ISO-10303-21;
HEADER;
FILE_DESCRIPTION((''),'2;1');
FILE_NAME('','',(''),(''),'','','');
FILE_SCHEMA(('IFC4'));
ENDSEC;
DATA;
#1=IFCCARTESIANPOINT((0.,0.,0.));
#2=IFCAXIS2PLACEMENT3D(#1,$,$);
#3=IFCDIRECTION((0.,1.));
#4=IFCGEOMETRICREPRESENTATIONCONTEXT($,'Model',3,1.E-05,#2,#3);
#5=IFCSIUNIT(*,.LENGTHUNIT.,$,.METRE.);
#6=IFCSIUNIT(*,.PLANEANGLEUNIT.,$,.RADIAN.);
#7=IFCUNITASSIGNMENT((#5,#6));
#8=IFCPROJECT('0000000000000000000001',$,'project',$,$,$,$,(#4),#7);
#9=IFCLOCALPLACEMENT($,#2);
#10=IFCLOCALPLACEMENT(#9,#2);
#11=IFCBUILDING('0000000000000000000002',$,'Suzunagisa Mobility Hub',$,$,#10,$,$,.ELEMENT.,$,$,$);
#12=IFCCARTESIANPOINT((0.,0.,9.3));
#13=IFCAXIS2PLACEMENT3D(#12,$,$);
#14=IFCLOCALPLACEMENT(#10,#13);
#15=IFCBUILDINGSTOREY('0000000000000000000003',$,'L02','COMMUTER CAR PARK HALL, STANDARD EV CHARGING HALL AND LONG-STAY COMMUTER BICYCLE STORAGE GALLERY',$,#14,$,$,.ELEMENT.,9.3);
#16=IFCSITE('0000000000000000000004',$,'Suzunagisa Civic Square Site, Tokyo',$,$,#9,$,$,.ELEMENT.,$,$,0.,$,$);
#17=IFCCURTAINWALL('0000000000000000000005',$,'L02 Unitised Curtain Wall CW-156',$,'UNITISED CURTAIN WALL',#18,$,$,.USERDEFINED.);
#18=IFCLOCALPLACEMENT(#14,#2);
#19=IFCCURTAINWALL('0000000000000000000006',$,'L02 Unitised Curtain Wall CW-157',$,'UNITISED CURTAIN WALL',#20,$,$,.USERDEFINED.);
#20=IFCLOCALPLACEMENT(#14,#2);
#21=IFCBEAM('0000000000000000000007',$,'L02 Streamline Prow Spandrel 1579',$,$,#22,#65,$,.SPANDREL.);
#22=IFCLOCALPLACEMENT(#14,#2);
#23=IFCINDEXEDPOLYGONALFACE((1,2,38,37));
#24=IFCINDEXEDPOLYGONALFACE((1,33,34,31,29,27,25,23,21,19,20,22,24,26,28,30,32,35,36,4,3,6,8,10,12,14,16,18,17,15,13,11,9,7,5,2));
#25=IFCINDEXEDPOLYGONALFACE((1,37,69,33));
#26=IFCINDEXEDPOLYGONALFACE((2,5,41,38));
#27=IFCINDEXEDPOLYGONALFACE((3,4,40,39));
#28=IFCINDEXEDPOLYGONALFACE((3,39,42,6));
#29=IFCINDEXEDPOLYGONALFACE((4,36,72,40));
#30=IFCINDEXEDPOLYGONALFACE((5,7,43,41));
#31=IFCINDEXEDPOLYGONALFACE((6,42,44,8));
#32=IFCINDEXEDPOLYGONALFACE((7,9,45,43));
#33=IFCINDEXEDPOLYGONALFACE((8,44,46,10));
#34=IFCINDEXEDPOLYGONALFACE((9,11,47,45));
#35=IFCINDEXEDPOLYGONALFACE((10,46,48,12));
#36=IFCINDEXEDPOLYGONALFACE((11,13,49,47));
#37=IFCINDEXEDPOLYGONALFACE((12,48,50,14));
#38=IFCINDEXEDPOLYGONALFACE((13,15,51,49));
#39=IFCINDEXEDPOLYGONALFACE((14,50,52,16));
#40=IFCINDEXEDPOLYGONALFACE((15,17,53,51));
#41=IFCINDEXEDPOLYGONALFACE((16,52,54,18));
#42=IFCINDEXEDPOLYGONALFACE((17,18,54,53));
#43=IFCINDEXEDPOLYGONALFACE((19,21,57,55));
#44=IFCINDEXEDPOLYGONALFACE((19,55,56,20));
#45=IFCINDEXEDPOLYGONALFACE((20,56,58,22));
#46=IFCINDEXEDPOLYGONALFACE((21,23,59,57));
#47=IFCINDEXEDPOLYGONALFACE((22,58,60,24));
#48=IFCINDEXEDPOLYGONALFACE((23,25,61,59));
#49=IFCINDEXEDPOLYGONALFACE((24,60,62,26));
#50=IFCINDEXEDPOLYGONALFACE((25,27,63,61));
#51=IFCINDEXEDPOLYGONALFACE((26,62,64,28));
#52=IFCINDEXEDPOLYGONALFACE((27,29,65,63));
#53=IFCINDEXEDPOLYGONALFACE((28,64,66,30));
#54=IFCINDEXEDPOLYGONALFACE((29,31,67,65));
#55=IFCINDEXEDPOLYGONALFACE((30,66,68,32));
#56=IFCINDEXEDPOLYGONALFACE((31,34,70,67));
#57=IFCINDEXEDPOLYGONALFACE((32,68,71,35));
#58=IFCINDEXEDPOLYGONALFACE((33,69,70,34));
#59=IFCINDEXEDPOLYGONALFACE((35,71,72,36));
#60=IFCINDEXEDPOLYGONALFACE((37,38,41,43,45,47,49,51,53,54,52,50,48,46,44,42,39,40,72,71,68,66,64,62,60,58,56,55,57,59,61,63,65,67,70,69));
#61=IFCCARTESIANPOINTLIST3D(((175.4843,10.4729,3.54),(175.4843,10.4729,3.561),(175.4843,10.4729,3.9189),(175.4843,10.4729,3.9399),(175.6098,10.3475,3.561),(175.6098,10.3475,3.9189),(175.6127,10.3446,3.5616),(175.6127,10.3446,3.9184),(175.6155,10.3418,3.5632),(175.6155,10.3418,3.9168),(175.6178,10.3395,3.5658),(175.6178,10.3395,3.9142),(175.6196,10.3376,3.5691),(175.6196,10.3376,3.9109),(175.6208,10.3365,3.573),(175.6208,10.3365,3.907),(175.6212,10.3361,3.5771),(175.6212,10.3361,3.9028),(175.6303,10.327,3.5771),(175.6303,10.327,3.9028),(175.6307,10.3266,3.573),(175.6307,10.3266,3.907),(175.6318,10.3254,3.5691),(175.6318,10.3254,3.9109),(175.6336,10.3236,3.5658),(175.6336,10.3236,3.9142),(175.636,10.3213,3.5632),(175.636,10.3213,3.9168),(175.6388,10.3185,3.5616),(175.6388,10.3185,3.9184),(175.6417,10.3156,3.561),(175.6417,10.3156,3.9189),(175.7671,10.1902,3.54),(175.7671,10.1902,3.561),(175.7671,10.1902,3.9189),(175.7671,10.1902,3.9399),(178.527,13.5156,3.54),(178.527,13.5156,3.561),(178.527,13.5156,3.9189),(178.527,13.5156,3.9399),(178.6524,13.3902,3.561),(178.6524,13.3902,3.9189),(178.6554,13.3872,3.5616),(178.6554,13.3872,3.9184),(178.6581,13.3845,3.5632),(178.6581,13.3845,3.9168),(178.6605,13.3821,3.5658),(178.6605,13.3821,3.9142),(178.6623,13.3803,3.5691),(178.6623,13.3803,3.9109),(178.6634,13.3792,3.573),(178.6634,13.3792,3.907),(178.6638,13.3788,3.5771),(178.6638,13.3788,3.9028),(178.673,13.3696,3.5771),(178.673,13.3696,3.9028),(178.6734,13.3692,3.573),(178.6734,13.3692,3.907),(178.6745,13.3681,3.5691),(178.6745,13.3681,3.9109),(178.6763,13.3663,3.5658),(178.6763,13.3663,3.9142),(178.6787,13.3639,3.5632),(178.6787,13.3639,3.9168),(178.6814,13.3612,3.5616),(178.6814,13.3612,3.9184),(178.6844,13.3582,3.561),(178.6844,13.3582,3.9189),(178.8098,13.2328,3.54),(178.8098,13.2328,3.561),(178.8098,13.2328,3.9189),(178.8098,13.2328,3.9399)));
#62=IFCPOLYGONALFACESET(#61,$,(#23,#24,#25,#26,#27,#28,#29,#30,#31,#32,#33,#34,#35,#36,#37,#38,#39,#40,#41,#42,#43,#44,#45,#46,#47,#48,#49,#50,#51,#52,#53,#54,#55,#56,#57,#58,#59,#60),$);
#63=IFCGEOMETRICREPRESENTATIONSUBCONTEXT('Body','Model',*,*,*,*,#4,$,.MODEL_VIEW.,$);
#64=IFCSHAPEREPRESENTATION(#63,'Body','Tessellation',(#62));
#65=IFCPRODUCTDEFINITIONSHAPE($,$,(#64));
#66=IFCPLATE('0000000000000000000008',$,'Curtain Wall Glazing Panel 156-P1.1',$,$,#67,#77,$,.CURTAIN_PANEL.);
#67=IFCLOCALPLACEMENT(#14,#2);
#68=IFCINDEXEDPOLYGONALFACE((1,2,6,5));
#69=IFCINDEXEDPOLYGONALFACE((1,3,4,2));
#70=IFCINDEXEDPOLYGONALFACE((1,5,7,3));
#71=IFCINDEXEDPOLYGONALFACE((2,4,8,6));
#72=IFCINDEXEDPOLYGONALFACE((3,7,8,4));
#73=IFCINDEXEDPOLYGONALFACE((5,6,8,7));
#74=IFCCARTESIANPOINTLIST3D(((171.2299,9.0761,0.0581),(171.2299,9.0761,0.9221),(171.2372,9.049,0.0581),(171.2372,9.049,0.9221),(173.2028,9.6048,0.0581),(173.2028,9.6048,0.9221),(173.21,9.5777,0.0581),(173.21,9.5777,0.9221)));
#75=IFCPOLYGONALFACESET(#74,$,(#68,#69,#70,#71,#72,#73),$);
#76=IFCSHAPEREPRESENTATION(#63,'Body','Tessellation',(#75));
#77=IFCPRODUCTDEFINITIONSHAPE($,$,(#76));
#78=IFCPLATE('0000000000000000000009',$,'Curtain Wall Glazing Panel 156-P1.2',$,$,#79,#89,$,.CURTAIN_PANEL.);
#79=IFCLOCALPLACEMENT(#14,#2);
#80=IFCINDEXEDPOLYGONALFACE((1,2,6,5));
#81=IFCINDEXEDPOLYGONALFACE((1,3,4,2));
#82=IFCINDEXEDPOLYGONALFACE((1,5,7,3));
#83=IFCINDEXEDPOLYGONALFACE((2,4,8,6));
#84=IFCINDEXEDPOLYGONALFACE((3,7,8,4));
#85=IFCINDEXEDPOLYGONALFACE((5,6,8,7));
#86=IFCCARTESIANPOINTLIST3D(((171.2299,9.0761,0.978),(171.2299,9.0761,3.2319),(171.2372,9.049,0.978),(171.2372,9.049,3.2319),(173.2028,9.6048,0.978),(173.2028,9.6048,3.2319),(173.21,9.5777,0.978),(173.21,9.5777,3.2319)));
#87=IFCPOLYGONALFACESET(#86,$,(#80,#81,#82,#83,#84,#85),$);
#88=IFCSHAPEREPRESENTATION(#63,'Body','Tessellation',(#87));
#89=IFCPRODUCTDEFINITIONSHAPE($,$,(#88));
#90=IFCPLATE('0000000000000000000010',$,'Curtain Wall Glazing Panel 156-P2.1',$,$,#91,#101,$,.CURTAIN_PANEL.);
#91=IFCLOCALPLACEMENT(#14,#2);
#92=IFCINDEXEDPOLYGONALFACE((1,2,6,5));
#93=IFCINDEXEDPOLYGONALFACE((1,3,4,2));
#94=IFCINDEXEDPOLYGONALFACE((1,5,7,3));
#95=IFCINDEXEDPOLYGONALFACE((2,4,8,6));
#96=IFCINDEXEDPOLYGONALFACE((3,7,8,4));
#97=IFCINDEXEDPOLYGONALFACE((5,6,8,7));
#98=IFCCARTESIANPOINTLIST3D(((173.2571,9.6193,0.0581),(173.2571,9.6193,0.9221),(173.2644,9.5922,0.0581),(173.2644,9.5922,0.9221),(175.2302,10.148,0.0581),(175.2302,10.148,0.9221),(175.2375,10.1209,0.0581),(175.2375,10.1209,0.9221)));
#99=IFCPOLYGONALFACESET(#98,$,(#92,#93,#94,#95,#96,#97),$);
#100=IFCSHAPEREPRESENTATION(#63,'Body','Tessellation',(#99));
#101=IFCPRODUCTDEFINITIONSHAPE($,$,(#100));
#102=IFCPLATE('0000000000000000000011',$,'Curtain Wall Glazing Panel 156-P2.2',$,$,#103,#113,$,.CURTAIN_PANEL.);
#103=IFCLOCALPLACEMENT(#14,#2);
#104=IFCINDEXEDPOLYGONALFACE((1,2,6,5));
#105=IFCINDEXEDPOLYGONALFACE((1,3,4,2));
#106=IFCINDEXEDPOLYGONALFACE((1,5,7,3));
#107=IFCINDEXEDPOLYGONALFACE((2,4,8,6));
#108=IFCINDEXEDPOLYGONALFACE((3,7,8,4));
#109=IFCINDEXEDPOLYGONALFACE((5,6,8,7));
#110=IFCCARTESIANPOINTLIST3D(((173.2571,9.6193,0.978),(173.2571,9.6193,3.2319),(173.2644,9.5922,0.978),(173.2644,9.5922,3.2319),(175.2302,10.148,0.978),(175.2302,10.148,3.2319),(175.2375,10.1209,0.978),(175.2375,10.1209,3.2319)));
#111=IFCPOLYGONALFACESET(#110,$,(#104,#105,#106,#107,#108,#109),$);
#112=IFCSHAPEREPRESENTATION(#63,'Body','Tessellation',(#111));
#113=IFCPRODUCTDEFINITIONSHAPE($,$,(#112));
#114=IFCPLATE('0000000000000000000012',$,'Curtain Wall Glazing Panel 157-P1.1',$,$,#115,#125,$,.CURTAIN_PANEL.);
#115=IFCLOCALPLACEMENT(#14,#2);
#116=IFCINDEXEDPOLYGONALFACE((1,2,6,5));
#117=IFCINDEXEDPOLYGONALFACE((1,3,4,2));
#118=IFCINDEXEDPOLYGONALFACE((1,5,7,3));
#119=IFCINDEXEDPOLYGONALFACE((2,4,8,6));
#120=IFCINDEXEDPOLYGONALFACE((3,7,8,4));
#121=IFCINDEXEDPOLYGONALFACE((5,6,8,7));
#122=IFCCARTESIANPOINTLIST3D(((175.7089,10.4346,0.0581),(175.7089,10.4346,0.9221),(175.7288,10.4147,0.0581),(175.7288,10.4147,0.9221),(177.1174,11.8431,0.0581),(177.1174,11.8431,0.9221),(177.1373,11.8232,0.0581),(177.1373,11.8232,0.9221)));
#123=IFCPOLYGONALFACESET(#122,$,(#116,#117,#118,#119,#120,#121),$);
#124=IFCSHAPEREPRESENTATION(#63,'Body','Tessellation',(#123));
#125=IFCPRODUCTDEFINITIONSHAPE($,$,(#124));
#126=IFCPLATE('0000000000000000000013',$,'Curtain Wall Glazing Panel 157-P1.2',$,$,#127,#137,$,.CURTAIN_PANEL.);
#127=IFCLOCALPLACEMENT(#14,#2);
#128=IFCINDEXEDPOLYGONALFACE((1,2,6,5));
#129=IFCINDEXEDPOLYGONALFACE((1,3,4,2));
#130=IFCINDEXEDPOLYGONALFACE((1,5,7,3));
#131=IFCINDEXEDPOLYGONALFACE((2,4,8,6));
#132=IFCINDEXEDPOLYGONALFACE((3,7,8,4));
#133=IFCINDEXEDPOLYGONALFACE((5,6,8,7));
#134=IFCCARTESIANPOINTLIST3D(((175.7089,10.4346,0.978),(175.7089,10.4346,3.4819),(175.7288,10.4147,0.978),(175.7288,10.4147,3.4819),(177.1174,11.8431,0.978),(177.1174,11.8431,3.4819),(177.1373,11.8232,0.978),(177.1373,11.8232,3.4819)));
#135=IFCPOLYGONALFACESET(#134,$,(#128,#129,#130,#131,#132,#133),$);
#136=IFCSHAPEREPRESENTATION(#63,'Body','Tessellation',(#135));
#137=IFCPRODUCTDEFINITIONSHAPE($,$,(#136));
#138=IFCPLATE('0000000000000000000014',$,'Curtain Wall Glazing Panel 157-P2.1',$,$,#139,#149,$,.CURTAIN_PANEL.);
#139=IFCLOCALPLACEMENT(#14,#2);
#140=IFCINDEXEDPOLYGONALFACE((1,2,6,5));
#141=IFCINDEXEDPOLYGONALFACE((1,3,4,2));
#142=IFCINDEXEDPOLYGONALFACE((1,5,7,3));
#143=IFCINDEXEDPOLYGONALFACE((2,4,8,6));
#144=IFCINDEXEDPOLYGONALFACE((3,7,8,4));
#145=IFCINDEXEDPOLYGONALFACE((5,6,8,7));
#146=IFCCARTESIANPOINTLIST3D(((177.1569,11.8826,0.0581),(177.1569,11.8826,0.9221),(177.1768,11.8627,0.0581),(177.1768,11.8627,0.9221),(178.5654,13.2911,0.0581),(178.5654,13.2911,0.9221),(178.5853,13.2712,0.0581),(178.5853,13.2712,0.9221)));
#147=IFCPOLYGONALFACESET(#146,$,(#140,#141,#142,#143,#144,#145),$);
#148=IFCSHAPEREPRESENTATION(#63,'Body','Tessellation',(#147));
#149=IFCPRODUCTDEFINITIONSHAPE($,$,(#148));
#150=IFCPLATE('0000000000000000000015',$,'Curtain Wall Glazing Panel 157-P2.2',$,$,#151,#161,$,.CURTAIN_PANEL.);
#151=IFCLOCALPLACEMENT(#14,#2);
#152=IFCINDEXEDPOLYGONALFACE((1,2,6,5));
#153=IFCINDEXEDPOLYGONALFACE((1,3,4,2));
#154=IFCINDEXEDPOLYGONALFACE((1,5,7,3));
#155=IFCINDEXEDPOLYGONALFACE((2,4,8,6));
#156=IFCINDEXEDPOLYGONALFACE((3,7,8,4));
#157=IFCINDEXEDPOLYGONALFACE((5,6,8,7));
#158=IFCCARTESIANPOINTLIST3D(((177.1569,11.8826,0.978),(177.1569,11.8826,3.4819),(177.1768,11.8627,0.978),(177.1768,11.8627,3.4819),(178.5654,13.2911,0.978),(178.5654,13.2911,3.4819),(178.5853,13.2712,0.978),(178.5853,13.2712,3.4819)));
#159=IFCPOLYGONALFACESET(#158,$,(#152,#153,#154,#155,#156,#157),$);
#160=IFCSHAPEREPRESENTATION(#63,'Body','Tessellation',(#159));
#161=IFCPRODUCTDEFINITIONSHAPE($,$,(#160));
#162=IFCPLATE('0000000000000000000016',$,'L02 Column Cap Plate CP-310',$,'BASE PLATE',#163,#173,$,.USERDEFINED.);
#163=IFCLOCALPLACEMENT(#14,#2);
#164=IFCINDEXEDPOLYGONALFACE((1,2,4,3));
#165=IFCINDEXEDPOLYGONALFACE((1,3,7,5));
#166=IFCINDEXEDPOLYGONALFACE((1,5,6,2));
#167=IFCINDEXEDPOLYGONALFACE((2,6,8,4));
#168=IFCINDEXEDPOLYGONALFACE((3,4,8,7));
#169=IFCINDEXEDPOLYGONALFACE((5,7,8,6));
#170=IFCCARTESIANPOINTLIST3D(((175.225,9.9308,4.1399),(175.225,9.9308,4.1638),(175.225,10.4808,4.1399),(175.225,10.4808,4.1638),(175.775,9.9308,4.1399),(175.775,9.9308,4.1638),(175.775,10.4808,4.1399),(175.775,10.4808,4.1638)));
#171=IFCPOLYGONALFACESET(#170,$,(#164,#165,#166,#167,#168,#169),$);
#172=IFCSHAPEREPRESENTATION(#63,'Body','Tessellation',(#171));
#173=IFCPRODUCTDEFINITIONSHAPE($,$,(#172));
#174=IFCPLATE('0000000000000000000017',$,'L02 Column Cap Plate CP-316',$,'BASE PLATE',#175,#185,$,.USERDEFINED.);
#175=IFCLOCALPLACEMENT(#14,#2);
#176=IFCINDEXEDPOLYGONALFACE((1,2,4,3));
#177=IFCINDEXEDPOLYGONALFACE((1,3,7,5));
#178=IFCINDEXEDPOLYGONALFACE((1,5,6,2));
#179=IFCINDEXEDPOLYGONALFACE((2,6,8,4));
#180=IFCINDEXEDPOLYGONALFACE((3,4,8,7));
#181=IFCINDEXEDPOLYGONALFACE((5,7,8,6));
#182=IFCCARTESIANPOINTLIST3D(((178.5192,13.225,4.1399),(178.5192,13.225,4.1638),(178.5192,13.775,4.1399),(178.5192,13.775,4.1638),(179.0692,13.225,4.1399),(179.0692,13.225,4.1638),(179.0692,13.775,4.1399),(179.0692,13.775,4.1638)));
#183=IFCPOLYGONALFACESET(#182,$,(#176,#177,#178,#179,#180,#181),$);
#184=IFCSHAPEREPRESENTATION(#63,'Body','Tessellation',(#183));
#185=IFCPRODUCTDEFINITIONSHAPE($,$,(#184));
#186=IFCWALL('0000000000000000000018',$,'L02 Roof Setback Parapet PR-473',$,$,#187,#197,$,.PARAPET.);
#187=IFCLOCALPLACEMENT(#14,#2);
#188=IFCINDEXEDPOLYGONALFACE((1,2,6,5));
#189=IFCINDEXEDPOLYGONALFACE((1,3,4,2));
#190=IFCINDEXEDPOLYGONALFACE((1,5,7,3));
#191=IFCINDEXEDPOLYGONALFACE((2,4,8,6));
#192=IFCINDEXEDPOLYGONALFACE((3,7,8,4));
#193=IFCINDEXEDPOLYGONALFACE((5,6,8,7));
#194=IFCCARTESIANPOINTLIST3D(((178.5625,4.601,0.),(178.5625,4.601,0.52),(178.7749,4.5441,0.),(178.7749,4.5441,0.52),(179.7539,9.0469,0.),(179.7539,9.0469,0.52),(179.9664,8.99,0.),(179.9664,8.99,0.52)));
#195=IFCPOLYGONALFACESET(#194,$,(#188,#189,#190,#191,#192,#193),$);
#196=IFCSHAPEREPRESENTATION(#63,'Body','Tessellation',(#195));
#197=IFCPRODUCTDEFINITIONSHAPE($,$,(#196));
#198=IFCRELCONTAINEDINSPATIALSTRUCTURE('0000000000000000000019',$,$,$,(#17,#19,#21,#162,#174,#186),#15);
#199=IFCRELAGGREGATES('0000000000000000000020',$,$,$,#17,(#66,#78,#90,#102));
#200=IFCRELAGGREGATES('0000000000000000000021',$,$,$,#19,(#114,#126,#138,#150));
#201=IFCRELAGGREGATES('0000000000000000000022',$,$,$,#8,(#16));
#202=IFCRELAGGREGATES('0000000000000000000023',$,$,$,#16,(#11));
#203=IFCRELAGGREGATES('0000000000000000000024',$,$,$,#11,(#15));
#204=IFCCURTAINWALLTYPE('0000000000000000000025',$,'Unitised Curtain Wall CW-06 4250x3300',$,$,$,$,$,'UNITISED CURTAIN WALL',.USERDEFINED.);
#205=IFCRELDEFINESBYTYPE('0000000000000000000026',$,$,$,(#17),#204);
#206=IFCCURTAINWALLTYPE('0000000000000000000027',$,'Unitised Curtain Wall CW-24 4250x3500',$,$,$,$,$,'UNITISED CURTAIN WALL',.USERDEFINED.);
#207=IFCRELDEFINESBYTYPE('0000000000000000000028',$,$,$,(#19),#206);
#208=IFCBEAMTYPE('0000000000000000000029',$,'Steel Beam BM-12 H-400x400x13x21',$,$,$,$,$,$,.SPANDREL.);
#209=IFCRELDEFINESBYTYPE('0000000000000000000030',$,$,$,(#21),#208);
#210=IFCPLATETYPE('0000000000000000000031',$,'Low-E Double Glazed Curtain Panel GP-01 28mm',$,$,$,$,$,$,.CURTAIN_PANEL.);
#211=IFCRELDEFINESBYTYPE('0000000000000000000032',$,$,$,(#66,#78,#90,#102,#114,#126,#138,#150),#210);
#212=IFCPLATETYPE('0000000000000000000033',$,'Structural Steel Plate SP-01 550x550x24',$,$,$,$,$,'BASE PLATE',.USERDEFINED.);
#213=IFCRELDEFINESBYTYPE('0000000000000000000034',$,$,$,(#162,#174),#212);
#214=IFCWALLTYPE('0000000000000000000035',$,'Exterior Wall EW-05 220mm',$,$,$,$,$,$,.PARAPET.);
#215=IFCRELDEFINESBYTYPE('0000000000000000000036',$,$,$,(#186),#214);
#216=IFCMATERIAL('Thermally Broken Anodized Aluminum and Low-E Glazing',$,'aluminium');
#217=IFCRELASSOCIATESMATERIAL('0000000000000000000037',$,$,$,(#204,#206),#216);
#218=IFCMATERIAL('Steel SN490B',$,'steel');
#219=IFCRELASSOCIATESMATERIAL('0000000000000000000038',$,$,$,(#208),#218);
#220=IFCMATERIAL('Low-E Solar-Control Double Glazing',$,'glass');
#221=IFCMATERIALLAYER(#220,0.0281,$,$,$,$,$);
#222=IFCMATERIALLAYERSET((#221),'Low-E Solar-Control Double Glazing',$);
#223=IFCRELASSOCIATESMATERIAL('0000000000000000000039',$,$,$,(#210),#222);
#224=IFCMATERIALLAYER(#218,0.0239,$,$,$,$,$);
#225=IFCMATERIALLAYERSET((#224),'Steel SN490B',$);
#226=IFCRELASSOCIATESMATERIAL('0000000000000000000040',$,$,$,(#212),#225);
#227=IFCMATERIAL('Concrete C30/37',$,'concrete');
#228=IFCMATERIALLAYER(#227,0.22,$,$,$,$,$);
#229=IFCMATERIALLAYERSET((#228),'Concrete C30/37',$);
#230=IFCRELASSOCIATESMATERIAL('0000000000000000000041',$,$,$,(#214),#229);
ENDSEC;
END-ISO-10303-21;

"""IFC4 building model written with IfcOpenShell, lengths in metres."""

from ifc_helpers import new_model, si_unit, direction, frame, frame_2d, origin, origin_2d, place, context, subcontext, project, spatial, rectangle, i_section, extrude, material, layer, layer_set, material_profile, profile_set, type_object, element, aggregate, save


model = new_model("IFC4")

# Units and contexts
model_context = context("Model", 3, precision=1e-05, world=origin(), true_north=direction((0.0, 1.0)))
body_context = subcontext(model_context, "Body", "Model", "MODEL_VIEW")
ifc_project = project(units=[si_unit("LENGTHUNIT", "METRE"), si_unit("PLANEANGLEUNIT", "RADIAN")], contexts=[model_context])

# Site, building, storey
site_placement = place(None, origin())
site = spatial("IfcSite", under=ifc_project, at=site_placement, Name="Suzunagisa Civic Square Site, Tokyo", CompositionType="ELEMENT", RefElevation=0.0)
building_placement = place(site_placement, origin())
building = spatial("IfcBuilding", under=site, at=building_placement, Name="Suzunagisa Mobility Hub", CompositionType="ELEMENT")
storey_placement = place(building_placement, frame((0.0, 0.0, 9.3)))
storey = spatial("IfcBuildingStorey", under=building, at=storey_placement, Name="L02", Description="COMMUTER CAR PARK HALL, STANDARD EV CHARGING HALL AND LONG-STAY COMMUTER BICYCLE STORAGE GALLERY", CompositionType="ELEMENT", Elevation=9.3)

# Shared definitions
ifc_material_1 = material(Name="Steel SN490B", Category="steel")

# Curtain walls
ifc_material_2 = material(Name="Thermally Broken Anodized Aluminum and Low-E Glazing", Category="aluminium")
curtain_wall_type_1 = type_object("IfcCurtainWallType", Name="Unitised Curtain Wall CW-06 4250x3300", ElementType="UNITISED CURTAIN WALL", PredefinedType="USERDEFINED", material=ifc_material_2)
curtain_wall_1_placement = place(storey_placement, origin())
curtain_wall_1 = element("IfcCurtainWall", 1, at=curtain_wall_1_placement, inside=storey, type_object=curtain_wall_type_1, Name="L02 Unitised Curtain Wall CW-156", ObjectType="UNITISED CURTAIN WALL", PredefinedType="USERDEFINED")
curtain_wall_type_2 = type_object("IfcCurtainWallType", Name="Unitised Curtain Wall CW-24 4250x3500", ElementType="UNITISED CURTAIN WALL", PredefinedType="USERDEFINED", material=ifc_material_2)
curtain_wall_2_placement = place(storey_placement, origin())
curtain_wall_2 = element("IfcCurtainWall", 2, at=curtain_wall_2_placement, inside=storey, type_object=curtain_wall_type_2, Name="L02 Unitised Curtain Wall CW-157", ObjectType="UNITISED CURTAIN WALL", PredefinedType="USERDEFINED")

# Beam
ifc_material_profile_1 = material_profile(ifc_material_1, i_section(OverallWidth=0.3999, OverallDepth=0.3999, WebThickness=0.0129, FlangeThickness=0.021, FilletRadius=0.0161, at=origin_2d()), Name="H-400x400x13x21")
ifc_profile_set_1 = profile_set([ifc_material_profile_1], Name="Steel SN490B")
beam_type = type_object("IfcBeamType", Name="Steel Beam BM-12 H-400x400x13x21", PredefinedType="SPANDREL", material=ifc_profile_set_1)
beam_placement = place(storey_placement, frame((175.6257, 10.3315, 3.74), z_axis=(0.707107, 0.707107, 0.0), x_axis=(-0.707107, 0.707107, 0.0)))
element("IfcBeam", 3, at=beam_placement, inside=storey, type_object=beam_type, Name="L02 Streamline Prow Spandrel 1579", PredefinedType="SPANDREL", context=body_context, shape_type="SweptSolid", body=[
    extrude(i_section(OverallWidth=0.3999, OverallDepth=0.3999, WebThickness=0.0129, FlangeThickness=0.021, FilletRadius=0.0161, at=origin_2d()), origin(), (0.0, 0.0, 1.0), 4.303),
])

# Plates
ifc_material_3 = material(Name="Low-E Solar-Control Double Glazing", Category="glass")
ifc_layer_1 = layer(ifc_material_3, 0.0281)
ifc_layer_set_1 = layer_set([ifc_layer_1], Name="Low-E Solar-Control Double Glazing")
plate_type_1 = type_object("IfcPlateType", Name="Low-E Double Glazed Curtain Panel GP-01 28mm", PredefinedType="CURTAIN_PANEL", material=ifc_layer_set_1)
plate_1_placement = place(storey_placement, frame((172.22, 9.3269, 0.0581), z_axis=(0.0, 0.0, 1.0), x_axis=(0.965924, 0.258828, 0.0)))
plate_1 = element("IfcPlate", 4, at=plate_1_placement, type_object=plate_type_1, Name="Curtain Wall Glazing Panel 156-P1.1", PredefinedType="CURTAIN_PANEL", context=body_context, shape_type="SweptSolid", body=[
    extrude(rectangle(XDim=2.0425, YDim=0.0281, at=origin_2d()), origin(), (0.0, 0.0, 1.0), 0.864),
])
plate_2_placement = place(storey_placement, frame((172.22, 9.3269, 0.978), z_axis=(0.0, 0.0, 1.0), x_axis=(0.965924, 0.258828, 0.0)))
plate_2 = element("IfcPlate", 5, at=plate_2_placement, type_object=plate_type_1, Name="Curtain Wall Glazing Panel 156-P1.2", PredefinedType="CURTAIN_PANEL", context=body_context, shape_type="SweptSolid", body=[
    extrude(rectangle(XDim=2.0425, YDim=0.0281, at=origin_2d()), origin(), (0.0, 0.0, 1.0), 2.2539),
])
plate_3_placement = place(storey_placement, frame((174.2473, 9.8701, 0.0581), z_axis=(0.0, 0.0, 1.0), x_axis=(0.965924, 0.258828, 0.0)))
plate_3 = element("IfcPlate", 6, at=plate_3_placement, type_object=plate_type_1, Name="Curtain Wall Glazing Panel 156-P2.1", PredefinedType="CURTAIN_PANEL", context=body_context, shape_type="SweptSolid", body=[
    extrude(rectangle(XDim=2.0427, YDim=0.0281, at=origin_2d()), origin(), (0.0, 0.0, 1.0), 0.864),
])
plate_4_placement = place(storey_placement, frame((174.2473, 9.8701, 0.978), z_axis=(0.0, 0.0, 1.0), x_axis=(0.965924, 0.258828, 0.0)))
plate_4 = element("IfcPlate", 7, at=plate_4_placement, type_object=plate_type_1, Name="Curtain Wall Glazing Panel 156-P2.2", PredefinedType="CURTAIN_PANEL", context=body_context, shape_type="SweptSolid", body=[
    extrude(rectangle(XDim=2.0427, YDim=0.0281, at=origin_2d()), origin(), (0.0, 0.0, 1.0), 2.2539),
])
aggregate(curtain_wall_1, [plate_1, plate_2, plate_3, plate_4])
plate_5_placement = place(storey_placement, frame((176.4231, 11.1289, 0.0581), z_axis=(0.0, 0.0, 1.0), x_axis=(0.707107, 0.707107, 0.0)))
plate_5 = element("IfcPlate", 8, at=plate_5_placement, type_object=plate_type_1, Name="Curtain Wall Glazing Panel 157-P1.1", PredefinedType="CURTAIN_PANEL", context=body_context, shape_type="SweptSolid", body=[
    extrude(rectangle(XDim=1.9919, YDim=0.0281, at=origin_2d()), origin(), (0.0, 0.0, 1.0), 0.864),
])
plate_6_placement = place(storey_placement, frame((176.4231, 11.1289, 0.978), z_axis=(0.0, 0.0, 1.0), x_axis=(0.707107, 0.707107, 0.0)))
plate_6 = element("IfcPlate", 9, at=plate_6_placement, type_object=plate_type_1, Name="Curtain Wall Glazing Panel 157-P1.2", PredefinedType="CURTAIN_PANEL", context=body_context, shape_type="SweptSolid", body=[
    extrude(rectangle(XDim=1.9919, YDim=0.0281, at=origin_2d()), origin(), (0.0, 0.0, 1.0), 2.5039),
])
plate_7_placement = place(storey_placement, frame((177.8711, 12.5769, 0.0581), z_axis=(0.0, 0.0, 1.0), x_axis=(0.707107, 0.707107, 0.0)))
plate_7 = element("IfcPlate", 10, at=plate_7_placement, type_object=plate_type_1, Name="Curtain Wall Glazing Panel 157-P2.1", PredefinedType="CURTAIN_PANEL", context=body_context, shape_type="SweptSolid", body=[
    extrude(rectangle(XDim=1.9919, YDim=0.0281, at=origin_2d()), origin(), (0.0, 0.0, 1.0), 0.864),
])
plate_8_placement = place(storey_placement, frame((177.8711, 12.5769, 0.978), z_axis=(0.0, 0.0, 1.0), x_axis=(0.707107, 0.707107, 0.0)))
plate_8 = element("IfcPlate", 11, at=plate_8_placement, type_object=plate_type_1, Name="Curtain Wall Glazing Panel 157-P2.2", PredefinedType="CURTAIN_PANEL", context=body_context, shape_type="SweptSolid", body=[
    extrude(rectangle(XDim=1.9919, YDim=0.0281, at=origin_2d()), origin(), (0.0, 0.0, 1.0), 2.5039),
])
aggregate(curtain_wall_2, [plate_5, plate_6, plate_7, plate_8])

# Plates
ifc_layer_2 = layer(ifc_material_1, 0.0239)
ifc_layer_set_2 = layer_set([ifc_layer_2], Name="Steel SN490B")
plate_type_2 = type_object("IfcPlateType", Name="Structural Steel Plate SP-01 550x550x24", ElementType="BASE PLATE", PredefinedType="USERDEFINED", material=ifc_layer_set_2)
for number, where, z_axis, x_axis, name in (
    (12, (175.5, 10.2058, 4.1399), (0.0, 0.0, 1.0), (1.0, 0.0, 0.0), "L02 Column Cap Plate CP-310"),
    (13, (178.7942, 13.5, 4.1399), (0.0, 0.0, 1.0), (1.0, 0.0, 0.0), "L02 Column Cap Plate CP-316"),
):
    element("IfcPlate", number, at=place(storey_placement, frame(where, z_axis=z_axis, x_axis=x_axis)), inside=storey, type_object=plate_type_2, Name=name, ObjectType="BASE PLATE", PredefinedType="USERDEFINED", context=body_context, shape_type="SweptSolid", body=[
        extrude(rectangle(XDim=0.55, YDim=0.55, at=origin_2d()), origin(), (0.0, 0.0, 1.0), 0.0239),
    ])

# Wall
ifc_material_4 = material(Name="Concrete C30/37", Category="concrete")
ifc_layer_3 = layer(ifc_material_4, 0.22)
ifc_layer_set_3 = layer_set([ifc_layer_3], Name="Concrete C30/37")
wall_type = type_object("IfcWallType", Name="Exterior Wall EW-05 220mm", PredefinedType="PARAPET", material=ifc_layer_set_3)
wall_1_placement = place(storey_placement, frame((179.8601, 9.0183, 0.0), z_axis=(0.0, 0.0, 1.0), x_axis=(-0.258851, -0.965917, 0.0)))
element("IfcWall", 14, at=wall_1_placement, inside=storey, type_object=wall_type, Name="L02 Roof Setback Parapet PR-473", PredefinedType="PARAPET", context=body_context, shape_type="SweptSolid", body=[
    extrude(rectangle(XDim=4.6028, YDim=0.22, at=frame_2d((2.3013, 0.0))), origin(), (0.0, 0.0, 1.0), 0.52),
])

save(model, "model.ifc")
